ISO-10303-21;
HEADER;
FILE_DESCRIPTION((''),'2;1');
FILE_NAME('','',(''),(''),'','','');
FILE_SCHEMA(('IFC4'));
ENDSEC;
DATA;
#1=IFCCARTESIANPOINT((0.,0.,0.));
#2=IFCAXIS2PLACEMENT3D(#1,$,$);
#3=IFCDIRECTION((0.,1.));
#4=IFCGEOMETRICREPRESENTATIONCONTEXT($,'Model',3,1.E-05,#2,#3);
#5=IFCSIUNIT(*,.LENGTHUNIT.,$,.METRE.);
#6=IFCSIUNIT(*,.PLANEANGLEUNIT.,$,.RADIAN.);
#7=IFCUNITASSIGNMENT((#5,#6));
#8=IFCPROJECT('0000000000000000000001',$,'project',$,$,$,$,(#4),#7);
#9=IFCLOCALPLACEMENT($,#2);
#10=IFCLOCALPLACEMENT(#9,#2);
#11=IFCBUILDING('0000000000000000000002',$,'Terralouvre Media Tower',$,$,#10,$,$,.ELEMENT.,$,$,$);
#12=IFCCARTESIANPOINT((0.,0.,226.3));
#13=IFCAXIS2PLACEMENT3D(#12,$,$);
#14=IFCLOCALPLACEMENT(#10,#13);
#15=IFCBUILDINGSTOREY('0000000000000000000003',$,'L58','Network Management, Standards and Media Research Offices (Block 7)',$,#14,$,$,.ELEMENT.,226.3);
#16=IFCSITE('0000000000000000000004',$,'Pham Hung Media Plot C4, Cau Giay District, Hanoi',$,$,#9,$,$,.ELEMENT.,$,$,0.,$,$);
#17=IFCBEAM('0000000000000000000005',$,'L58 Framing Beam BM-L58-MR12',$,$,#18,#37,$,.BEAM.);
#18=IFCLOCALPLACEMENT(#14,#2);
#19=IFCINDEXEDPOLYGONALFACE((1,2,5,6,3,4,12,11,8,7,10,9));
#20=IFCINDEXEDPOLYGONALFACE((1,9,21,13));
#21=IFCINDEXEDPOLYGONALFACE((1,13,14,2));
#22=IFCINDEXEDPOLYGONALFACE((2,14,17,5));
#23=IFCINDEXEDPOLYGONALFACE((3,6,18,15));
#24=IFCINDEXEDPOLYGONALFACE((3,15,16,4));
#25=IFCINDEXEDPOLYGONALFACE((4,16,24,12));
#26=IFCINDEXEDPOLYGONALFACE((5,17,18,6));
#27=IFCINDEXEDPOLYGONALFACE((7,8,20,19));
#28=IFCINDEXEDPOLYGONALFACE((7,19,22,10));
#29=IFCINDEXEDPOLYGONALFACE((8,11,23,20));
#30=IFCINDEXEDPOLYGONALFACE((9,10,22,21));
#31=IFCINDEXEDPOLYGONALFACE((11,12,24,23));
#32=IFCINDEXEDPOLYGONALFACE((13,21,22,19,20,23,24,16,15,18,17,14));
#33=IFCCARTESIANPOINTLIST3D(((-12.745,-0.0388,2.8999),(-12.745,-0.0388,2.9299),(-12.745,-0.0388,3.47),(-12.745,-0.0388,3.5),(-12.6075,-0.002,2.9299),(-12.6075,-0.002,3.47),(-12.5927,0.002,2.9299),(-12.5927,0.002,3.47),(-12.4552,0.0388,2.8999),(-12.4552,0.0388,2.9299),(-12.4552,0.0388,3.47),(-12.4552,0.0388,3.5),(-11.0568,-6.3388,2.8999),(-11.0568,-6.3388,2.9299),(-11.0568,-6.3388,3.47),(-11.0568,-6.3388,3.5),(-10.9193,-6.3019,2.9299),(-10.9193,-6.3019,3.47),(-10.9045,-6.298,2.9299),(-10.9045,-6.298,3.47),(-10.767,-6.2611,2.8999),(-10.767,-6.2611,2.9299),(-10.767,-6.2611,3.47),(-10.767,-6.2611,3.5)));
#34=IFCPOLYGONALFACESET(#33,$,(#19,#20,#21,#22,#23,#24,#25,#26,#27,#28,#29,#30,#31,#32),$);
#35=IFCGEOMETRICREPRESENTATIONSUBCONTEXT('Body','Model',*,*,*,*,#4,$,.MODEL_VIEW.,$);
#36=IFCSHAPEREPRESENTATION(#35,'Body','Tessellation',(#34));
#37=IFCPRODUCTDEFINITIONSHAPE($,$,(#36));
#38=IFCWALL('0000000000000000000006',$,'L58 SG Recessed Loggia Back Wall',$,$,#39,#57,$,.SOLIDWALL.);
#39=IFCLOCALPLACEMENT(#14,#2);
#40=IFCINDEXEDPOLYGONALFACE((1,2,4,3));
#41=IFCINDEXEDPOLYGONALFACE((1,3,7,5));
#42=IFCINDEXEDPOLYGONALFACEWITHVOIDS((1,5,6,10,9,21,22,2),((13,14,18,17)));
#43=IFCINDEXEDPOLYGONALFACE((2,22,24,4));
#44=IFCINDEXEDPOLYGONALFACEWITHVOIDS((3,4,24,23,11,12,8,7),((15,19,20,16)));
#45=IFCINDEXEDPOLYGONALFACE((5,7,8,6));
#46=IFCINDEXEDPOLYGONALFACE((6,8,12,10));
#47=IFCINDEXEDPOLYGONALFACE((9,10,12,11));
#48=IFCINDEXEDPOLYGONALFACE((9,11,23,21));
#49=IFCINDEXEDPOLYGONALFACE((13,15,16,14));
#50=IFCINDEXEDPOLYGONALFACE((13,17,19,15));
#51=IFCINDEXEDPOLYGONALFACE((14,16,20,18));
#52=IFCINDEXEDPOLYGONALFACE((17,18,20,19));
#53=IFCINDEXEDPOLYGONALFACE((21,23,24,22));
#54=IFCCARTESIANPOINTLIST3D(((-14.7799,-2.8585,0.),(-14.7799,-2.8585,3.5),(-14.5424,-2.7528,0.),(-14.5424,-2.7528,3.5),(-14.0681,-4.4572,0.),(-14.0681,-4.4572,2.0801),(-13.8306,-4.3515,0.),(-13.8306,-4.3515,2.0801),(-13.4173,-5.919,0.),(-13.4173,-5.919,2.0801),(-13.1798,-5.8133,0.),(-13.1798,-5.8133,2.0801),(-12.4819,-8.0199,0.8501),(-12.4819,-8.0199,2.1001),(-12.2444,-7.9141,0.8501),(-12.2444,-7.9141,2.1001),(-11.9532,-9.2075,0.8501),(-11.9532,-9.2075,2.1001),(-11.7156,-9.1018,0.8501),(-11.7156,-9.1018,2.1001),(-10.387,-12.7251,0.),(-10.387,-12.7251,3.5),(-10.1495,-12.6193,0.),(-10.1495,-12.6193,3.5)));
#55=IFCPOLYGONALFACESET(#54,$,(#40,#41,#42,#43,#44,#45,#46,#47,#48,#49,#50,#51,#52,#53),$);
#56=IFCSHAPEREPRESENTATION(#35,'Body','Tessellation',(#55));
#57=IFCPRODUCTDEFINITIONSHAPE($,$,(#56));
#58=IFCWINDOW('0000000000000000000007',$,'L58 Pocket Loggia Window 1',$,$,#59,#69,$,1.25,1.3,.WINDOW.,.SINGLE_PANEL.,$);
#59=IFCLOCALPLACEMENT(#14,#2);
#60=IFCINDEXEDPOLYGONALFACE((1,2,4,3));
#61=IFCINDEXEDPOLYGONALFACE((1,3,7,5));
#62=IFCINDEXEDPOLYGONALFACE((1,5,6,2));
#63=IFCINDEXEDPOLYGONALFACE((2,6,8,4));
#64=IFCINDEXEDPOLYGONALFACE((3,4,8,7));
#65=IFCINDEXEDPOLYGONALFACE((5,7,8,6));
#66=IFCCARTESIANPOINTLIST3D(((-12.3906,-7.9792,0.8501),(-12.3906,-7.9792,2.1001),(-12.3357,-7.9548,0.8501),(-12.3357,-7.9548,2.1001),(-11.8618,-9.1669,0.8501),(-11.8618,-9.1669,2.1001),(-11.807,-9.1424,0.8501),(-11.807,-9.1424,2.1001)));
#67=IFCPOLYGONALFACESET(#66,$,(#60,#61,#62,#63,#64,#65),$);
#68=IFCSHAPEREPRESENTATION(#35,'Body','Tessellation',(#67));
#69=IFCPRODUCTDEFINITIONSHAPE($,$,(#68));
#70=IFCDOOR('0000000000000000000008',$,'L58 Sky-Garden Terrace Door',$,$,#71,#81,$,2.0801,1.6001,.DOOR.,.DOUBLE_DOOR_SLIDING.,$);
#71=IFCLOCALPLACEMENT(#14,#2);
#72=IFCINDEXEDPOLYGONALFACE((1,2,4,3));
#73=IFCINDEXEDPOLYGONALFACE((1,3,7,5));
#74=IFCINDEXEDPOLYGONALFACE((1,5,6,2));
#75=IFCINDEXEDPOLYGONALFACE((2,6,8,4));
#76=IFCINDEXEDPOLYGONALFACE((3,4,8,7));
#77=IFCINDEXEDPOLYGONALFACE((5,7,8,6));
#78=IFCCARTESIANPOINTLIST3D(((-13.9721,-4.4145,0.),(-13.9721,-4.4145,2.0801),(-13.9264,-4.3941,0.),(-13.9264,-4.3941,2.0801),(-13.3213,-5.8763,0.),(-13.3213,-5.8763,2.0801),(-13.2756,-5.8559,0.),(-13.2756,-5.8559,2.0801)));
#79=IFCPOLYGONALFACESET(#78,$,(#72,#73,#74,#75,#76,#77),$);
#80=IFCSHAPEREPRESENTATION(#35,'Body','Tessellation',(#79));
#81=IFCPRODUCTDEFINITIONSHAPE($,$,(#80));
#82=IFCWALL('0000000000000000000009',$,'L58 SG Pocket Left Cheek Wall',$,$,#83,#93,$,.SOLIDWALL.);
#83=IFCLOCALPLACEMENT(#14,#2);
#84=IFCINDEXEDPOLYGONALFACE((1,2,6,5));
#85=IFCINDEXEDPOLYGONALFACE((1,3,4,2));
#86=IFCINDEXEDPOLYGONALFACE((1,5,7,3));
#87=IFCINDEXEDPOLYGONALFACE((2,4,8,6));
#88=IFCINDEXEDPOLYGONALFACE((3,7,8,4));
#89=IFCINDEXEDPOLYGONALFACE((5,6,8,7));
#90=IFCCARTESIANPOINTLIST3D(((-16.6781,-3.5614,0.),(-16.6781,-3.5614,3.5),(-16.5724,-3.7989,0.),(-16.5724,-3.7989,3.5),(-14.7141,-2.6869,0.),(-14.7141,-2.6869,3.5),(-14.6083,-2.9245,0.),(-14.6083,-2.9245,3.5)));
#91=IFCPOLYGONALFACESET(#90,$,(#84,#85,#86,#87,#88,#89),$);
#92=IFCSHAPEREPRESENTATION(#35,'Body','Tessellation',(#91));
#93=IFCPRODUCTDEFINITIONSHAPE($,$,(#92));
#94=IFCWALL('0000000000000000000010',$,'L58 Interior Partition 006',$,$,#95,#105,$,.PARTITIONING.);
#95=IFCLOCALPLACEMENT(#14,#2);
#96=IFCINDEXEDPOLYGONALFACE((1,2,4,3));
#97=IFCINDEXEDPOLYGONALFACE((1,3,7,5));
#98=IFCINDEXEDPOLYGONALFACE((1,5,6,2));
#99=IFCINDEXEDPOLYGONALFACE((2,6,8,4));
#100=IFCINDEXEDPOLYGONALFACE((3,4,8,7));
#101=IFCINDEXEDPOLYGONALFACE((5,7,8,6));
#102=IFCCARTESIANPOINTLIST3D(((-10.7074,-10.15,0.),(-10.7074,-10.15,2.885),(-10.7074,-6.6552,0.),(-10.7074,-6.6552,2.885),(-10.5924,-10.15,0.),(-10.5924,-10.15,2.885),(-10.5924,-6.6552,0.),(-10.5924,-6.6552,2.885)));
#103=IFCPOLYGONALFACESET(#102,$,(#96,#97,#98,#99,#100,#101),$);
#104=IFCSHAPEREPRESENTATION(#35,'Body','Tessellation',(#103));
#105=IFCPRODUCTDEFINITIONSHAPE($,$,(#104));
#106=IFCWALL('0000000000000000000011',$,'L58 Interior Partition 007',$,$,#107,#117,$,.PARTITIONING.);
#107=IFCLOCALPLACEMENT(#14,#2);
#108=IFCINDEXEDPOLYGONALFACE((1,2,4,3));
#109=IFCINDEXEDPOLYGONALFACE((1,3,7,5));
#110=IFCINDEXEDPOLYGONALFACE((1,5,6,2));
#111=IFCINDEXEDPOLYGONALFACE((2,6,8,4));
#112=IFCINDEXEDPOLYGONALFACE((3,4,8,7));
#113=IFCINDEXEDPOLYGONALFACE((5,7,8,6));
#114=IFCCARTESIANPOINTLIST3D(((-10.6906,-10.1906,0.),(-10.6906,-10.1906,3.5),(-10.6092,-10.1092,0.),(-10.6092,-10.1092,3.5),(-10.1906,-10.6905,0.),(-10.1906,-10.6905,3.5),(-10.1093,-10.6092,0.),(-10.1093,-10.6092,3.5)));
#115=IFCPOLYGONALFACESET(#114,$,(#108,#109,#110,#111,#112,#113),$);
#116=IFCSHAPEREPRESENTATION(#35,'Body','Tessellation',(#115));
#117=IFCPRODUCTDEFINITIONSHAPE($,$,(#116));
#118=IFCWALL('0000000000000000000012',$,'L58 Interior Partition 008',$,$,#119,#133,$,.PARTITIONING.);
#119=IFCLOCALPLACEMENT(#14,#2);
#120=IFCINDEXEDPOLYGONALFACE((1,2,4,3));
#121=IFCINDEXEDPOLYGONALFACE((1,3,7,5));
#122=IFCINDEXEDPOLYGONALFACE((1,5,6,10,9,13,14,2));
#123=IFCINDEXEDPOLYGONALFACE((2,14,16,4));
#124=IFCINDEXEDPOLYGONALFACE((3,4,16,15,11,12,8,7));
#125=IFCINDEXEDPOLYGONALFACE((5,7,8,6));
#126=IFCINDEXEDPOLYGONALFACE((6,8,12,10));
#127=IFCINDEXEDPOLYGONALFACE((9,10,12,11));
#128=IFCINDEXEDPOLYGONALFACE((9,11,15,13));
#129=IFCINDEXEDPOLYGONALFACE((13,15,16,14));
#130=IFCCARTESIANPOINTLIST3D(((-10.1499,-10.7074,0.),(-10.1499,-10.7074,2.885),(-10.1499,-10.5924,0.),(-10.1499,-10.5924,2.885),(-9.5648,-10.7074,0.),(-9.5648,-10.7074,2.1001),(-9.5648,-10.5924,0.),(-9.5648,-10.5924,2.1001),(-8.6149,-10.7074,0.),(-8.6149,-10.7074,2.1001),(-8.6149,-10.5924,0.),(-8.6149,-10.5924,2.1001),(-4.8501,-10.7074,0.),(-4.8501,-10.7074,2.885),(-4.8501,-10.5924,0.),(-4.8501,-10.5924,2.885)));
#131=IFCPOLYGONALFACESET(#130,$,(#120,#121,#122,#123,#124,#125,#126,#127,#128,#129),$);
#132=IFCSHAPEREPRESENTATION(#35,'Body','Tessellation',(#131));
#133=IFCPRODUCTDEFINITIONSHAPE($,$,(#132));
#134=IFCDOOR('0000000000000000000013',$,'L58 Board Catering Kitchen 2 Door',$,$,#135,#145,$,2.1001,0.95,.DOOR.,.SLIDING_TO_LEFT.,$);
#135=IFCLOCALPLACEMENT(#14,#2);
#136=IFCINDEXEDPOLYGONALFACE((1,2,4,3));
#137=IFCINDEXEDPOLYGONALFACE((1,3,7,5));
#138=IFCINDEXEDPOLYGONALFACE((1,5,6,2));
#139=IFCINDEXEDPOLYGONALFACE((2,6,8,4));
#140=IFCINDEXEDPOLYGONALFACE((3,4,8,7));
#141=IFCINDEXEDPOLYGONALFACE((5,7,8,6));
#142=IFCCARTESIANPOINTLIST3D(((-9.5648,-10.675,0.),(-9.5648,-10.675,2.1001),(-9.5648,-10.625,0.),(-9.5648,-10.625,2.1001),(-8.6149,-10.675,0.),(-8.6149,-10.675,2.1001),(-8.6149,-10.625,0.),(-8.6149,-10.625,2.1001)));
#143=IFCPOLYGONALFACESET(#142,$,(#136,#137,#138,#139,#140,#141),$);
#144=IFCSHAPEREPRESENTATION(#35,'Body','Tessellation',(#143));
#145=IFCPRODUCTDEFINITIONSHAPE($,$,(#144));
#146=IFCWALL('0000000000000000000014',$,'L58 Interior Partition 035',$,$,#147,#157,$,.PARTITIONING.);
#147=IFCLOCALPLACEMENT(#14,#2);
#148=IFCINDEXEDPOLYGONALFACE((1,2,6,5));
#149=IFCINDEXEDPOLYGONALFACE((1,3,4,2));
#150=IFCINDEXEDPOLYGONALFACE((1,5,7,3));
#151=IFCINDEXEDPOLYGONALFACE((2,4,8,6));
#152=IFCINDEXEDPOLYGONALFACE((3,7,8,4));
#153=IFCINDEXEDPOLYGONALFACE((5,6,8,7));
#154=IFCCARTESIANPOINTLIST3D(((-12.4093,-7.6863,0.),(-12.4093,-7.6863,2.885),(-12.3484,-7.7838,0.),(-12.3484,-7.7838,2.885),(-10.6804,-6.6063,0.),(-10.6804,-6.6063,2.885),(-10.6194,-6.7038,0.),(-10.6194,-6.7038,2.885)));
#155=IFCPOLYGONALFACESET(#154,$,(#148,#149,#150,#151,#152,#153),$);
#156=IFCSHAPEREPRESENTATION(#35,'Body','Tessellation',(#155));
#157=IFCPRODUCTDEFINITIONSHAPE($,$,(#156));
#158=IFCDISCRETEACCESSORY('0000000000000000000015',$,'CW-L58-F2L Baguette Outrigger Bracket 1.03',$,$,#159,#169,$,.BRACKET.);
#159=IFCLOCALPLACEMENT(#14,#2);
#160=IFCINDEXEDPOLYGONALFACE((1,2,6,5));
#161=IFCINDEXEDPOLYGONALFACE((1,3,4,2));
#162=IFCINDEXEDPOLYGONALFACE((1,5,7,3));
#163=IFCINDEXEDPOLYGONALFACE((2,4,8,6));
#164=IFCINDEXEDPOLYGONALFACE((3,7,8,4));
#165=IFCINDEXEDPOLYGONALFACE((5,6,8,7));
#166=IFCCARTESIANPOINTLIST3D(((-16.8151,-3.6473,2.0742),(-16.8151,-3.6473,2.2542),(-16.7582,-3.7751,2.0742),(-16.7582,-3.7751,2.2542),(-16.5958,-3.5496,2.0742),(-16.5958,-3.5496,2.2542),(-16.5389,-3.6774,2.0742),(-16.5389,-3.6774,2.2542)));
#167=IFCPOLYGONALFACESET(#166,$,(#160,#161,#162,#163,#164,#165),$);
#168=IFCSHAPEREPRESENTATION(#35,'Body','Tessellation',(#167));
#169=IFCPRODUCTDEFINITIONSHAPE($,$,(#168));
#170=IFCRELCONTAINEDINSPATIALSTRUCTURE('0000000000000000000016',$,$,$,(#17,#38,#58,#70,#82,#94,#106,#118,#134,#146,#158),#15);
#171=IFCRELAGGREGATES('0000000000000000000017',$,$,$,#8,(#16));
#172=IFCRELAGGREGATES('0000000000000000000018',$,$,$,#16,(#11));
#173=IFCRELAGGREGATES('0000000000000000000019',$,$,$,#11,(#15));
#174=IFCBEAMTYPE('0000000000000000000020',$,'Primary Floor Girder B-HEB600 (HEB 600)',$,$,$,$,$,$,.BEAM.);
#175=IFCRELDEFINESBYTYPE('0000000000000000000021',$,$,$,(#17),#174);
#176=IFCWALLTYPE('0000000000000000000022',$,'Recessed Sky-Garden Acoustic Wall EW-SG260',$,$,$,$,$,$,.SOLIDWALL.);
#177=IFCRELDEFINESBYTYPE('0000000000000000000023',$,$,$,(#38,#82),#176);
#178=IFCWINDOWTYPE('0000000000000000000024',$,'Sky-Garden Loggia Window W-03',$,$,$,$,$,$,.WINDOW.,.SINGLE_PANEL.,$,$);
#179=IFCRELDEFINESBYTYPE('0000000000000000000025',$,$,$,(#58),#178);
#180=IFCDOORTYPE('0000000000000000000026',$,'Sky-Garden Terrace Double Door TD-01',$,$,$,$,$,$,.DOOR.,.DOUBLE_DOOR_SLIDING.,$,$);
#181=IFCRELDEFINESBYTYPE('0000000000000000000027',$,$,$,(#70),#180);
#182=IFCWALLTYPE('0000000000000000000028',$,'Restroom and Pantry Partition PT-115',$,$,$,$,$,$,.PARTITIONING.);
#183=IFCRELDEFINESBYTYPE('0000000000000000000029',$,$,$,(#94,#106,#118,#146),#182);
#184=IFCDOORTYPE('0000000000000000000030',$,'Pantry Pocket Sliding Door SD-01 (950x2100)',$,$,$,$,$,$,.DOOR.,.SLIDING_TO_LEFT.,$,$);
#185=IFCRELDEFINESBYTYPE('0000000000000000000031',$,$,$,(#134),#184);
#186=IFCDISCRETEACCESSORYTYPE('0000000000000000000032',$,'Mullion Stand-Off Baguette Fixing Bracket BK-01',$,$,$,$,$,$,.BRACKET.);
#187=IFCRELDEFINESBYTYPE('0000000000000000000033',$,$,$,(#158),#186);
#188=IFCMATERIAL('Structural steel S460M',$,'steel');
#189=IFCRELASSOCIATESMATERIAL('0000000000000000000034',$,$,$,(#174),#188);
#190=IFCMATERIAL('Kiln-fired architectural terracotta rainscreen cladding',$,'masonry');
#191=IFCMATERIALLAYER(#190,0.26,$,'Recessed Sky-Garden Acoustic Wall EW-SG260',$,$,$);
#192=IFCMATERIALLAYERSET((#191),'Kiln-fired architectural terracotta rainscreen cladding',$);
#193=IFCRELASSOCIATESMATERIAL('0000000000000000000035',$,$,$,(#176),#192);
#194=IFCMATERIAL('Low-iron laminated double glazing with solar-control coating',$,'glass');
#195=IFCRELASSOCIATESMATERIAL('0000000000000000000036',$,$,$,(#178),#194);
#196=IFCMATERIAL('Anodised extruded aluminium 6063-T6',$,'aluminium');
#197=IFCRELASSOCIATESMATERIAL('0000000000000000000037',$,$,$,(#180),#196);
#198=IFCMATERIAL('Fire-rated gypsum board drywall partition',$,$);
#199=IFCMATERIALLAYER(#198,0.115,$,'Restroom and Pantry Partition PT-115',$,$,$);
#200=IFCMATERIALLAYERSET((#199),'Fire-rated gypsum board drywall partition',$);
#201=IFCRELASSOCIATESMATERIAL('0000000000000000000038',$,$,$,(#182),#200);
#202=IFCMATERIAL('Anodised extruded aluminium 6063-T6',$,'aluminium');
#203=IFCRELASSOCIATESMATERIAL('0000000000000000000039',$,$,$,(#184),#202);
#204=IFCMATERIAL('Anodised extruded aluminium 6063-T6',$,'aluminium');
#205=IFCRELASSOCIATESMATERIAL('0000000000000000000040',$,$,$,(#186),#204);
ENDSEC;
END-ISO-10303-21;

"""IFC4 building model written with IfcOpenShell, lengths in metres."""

from ifc_helpers import new_model, si_unit, direction, frame, frame_2d, origin, origin_2d, place, context, subcontext, project, spatial, rectangle, i_section, extrude, material, layer, layer_set, material_profile, profile_set, type_object, element, fill, save


model = new_model("IFC4")

# Units and contexts
model_context = context("Model", 3, precision=1e-05, world=origin(), true_north=direction((0.0, 1.0)))
body_context = subcontext(model_context, "Body", "Model", "MODEL_VIEW")
ifc_project = project(units=[si_unit("LENGTHUNIT", "METRE"), si_unit("PLANEANGLEUNIT", "RADIAN")], contexts=[model_context])

# Site, building, storey
site_placement = place(None, origin())
site = spatial("IfcSite", under=ifc_project, at=site_placement, Name="Pham Hung Media Plot C4, Cau Giay District, Hanoi", CompositionType="ELEMENT", RefElevation=0.0)
building_placement = place(site_placement, origin())
building = spatial("IfcBuilding", under=site, at=building_placement, Name="Terralouvre Media Tower", CompositionType="ELEMENT")
storey_placement = place(building_placement, frame((0.0, 0.0, 226.3)))
storey = spatial("IfcBuildingStorey", under=building, at=storey_placement, Name="L58", Description="Network Management, Standards and Media Research Offices (Block 7)", CompositionType="ELEMENT", Elevation=226.3)

# Beam
ifc_material_1 = material(Name="Structural steel S460M", Category="steel")
ifc_material_profile_1 = material_profile(ifc_material_1, i_section(OverallWidth=0.3, OverallDepth=0.6001, WebThickness=0.0154, FlangeThickness=0.03, at=origin_2d()), Name="HEB 600")
ifc_profile_set_1 = profile_set([ifc_material_profile_1], Name="Structural steel S460M")
beam_type_1 = type_object("IfcBeamType", Name="Primary Floor Girder B-HEB600 (HEB 600)", PredefinedType="BEAM", material=ifc_profile_set_1)
beam_1_placement = place(storey_placement, frame((-12.6001, 0.0, 3.2), z_axis=(0.258839, -0.96592, 0.0), x_axis=(0.96592, 0.258839, 0.0)))
element("IfcBeam", 1, at=beam_1_placement, inside=storey, type_object=beam_type_1, Name="L58 Framing Beam BM-L58-MR12", PredefinedType="BEAM", context=body_context, shape_type="SweptSolid", body=[
    extrude(i_section(OverallWidth=0.3, OverallDepth=0.6001, WebThickness=0.0154, FlangeThickness=0.03, at=origin_2d()), origin(), (0.0, 0.0, 1.0), 6.5222),
])

# Wall, openings, window, door
ifc_material_2 = material(Name="Kiln-fired architectural terracotta rainscreen cladding", Category="masonry")
ifc_layer_1 = layer(ifc_material_2, 0.26, Name="Recessed Sky-Garden Acoustic Wall EW-SG260")
ifc_layer_set_1 = layer_set([ifc_layer_1], Name="Kiln-fired architectural terracotta rainscreen cladding")
wall_type_1 = type_object("IfcWallType", Name="Recessed Sky-Garden Acoustic Wall EW-SG260", PredefinedType="SOLIDWALL", material=ifc_layer_set_1)
wall_1_placement = place(storey_placement, frame((-14.6611, -2.8057, 0.0), z_axis=(0.0, 0.0, 1.0), x_axis=(0.406736, -0.913546, 0.0)))
wall_1 = element("IfcWall", 2, at=wall_1_placement, inside=storey, type_object=wall_type_1, Name="L58 SG Recessed Loggia Back Wall", PredefinedType="SOLIDWALL", context=body_context, shape_type="SweptSolid", body=[
    extrude(rectangle(XDim=10.8003, YDim=0.26, at=frame_2d((5.4001, 0.0))), origin(), (0.0, 0.0, 1.0), 3.5),
])
opening_1_placement = place(wall_1_placement, frame((1.75, 0.0, 0.0)))
opening_1 = element("IfcOpeningElement", 3, at=opening_1_placement, cuts=wall_1, PredefinedType="OPENING", context=body_context, shape_type="SweptSolid", body=[
    extrude(rectangle(XDim=1.6001, YDim=2.0801, at=frame_2d((0.8, 1.04))), frame((0.0, 0.1399, 0.0), z_axis=(0.0, -1.0, 0.0), x_axis=(1.0, 0.0, 0.0)), (0.0, 0.0, 1.0), 0.28),
])
opening_2_placement = place(wall_1_placement, frame((5.6499, 0.0, 0.8501)))
opening_2 = element("IfcOpeningElement", 4, at=opening_2_placement, cuts=wall_1, PredefinedType="OPENING", context=body_context, shape_type="SweptSolid", body=[
    extrude(rectangle(XDim=1.3, YDim=1.25, at=frame_2d((0.6499, 0.625))), frame((0.0, 0.1399, 0.0), z_axis=(0.0, -1.0, 0.0), x_axis=(1.0, 0.0, 0.0)), (0.0, 0.0, 1.0), 0.28),
])
ifc_material_3 = material(Name="Low-iron laminated double glazing with solar-control coating", Category="glass")
window_type = type_object("IfcWindowType", Name="Sky-Garden Loggia Window W-03", PartitioningType="SINGLE_PANEL", PredefinedType="WINDOW", material=ifc_material_3)
window_placement = place(opening_2_placement, origin())
window = element("IfcWindow", 5, at=window_placement, inside=storey, type_object=window_type, Name="L58 Pocket Loggia Window 1", OverallHeight=1.25, OverallWidth=1.3, PartitioningType="SINGLE_PANEL", PredefinedType="WINDOW", context=body_context, shape_type="SweptSolid", body=[
    extrude(rectangle(XDim=1.3, YDim=1.25, at=frame_2d((0.6499, 0.625))), frame((0.0, 0.03, 0.0), z_axis=(0.0, -1.0, 0.0), x_axis=(1.0, 0.0, 0.0)), (0.0, 0.0, 1.0), 0.0601),
])
fill(opening_2, window)
ifc_material_4 = material(Name="Anodised extruded aluminium 6063-T6", Category="aluminium")
door_type_1 = type_object("IfcDoorType", Name="Sky-Garden Terrace Double Door TD-01", OperationType="DOUBLE_DOOR_SLIDING", PredefinedType="DOOR", material=ifc_material_4)
door_1_placement = place(opening_1_placement, frame((1.6001, 0.0, 0.0), z_axis=(0.0, 0.0, 1.0), x_axis=(-1.0, 0.0, 0.0)))
door_1 = element("IfcDoor", 6, at=door_1_placement, inside=storey, type_object=door_type_1, Name="L58 Sky-Garden Terrace Door", OperationType="DOUBLE_DOOR_SLIDING", OverallHeight=2.0801, OverallWidth=1.6001, PredefinedType="DOOR", context=body_context, shape_type="SweptSolid", body=[
    extrude(rectangle(XDim=1.6001, YDim=2.0801, at=frame_2d((0.8, 1.04))), frame((0.0, 0.0249, 0.0), z_axis=(0.0, -1.0, 0.0), x_axis=(1.0, 0.0, 0.0)), (0.0, 0.0, 1.0), 0.05),
])
fill(opening_1, door_1)

# Walls
wall_2_placement = place(storey_placement, frame((-16.6252, -3.6802, 0.0), z_axis=(0.0, 0.0, 1.0), x_axis=(0.91354, 0.406749, 0.0)))
element("IfcWall", 7, at=wall_2_placement, inside=storey, type_object=wall_type_1, Name="L58 SG Pocket Left Cheek Wall", PredefinedType="SOLIDWALL", context=body_context, shape_type="SweptSolid", body=[
    extrude(rectangle(XDim=2.1499, YDim=0.26, at=frame_2d((1.075, 0.0))), origin(), (0.0, 0.0, 1.0), 3.5),
])
ifc_material_5 = material(Name="Fire-rated gypsum board drywall partition")
ifc_layer_2 = layer(ifc_material_5, 0.115, Name="Restroom and Pantry Partition PT-115")
ifc_layer_set_2 = layer_set([ifc_layer_2], Name="Fire-rated gypsum board drywall partition")
wall_type_2 = type_object("IfcWallType", Name="Restroom and Pantry Partition PT-115", PredefinedType="PARTITIONING", material=ifc_layer_set_2)
wall_3_placement = place(storey_placement, frame((-10.6499, -6.655, 0.0), z_axis=(0.0, 0.0, 1.0), x_axis=(0.0, -1.0, 0.0)))
element("IfcWall", 8, at=wall_3_placement, inside=storey, type_object=wall_type_2, Name="L58 Interior Partition 006", PredefinedType="PARTITIONING", context=body_context, shape_type="SweptSolid", body=[
    extrude(rectangle(XDim=3.4949, YDim=0.115, at=frame_2d((1.7476, 0.0))), origin(), (0.0, 0.0, 1.0), 2.885),
])
wall_4_placement = place(storey_placement, frame((-10.6499, -10.1499, 0.0), z_axis=(0.0, 0.0, 1.0), x_axis=(0.707107, -0.707107, 0.0)))
element("IfcWall", 9, at=wall_4_placement, inside=storey, type_object=wall_type_2, Name="L58 Interior Partition 007", PredefinedType="PARTITIONING", context=body_context, shape_type="SweptSolid", body=[
    extrude(rectangle(XDim=0.707, YDim=0.115, at=frame_2d((0.3535, 0.0))), origin(), (0.0, 0.0, 1.0), 3.5),
])

# Wall, opening, door
wall_5_placement = place(storey_placement, frame((-10.1499, -10.6499, 0.0), z_axis=(0.0, 0.0, 1.0), x_axis=(1.0, 0.0, 0.0)))
wall_5 = element("IfcWall", 10, at=wall_5_placement, inside=storey, type_object=wall_type_2, Name="L58 Interior Partition 008", PredefinedType="PARTITIONING", context=body_context, shape_type="SweptSolid", body=[
    extrude(rectangle(XDim=5.2998, YDim=0.115, at=frame_2d((2.6499, 0.0))), origin(), (0.0, 0.0, 1.0), 2.885),
])
opening_3_placement = place(wall_5_placement, frame((0.585, 0.0, 0.0)))
opening_3 = element("IfcOpeningElement", 11, at=opening_3_placement, cuts=wall_5, PredefinedType="OPENING", context=body_context, shape_type="SweptSolid", body=[
    extrude(rectangle(XDim=0.95, YDim=2.1001, at=frame_2d((0.4751, 1.05))), frame((0.0, 0.0674, 0.0), z_axis=(0.0, -1.0, 0.0), x_axis=(1.0, 0.0, 0.0)), (0.0, 0.0, 1.0), 0.135),
])
ifc_material_6 = material(Name="Anodised extruded aluminium 6063-T6", Category="aluminium")
door_type_2 = type_object("IfcDoorType", Name="Pantry Pocket Sliding Door SD-01 (950x2100)", OperationType="SLIDING_TO_LEFT", PredefinedType="DOOR", material=ifc_material_6)
door_2_placement = place(opening_3_placement, origin())
door_2 = element("IfcDoor", 12, at=door_2_placement, inside=storey, type_object=door_type_2, Name="L58 Board Catering Kitchen 2 Door", OperationType="SLIDING_TO_LEFT", OverallHeight=2.1001, OverallWidth=0.95, PredefinedType="DOOR", context=body_context, shape_type="SweptSolid", body=[
    extrude(rectangle(XDim=0.95, YDim=2.1001, at=frame_2d((0.4751, 1.05))), frame((0.0, 0.0249, 0.0), z_axis=(0.0, -1.0, 0.0), x_axis=(1.0, 0.0, 0.0)), (0.0, 0.0, 1.0), 0.05),
])
fill(opening_3, door_2)

# Wall
wall_6_placement = place(storey_placement, frame((-10.6499, -6.655, 0.0), z_axis=(0.0, 0.0, 1.0), x_axis=(-0.848119, -0.529805, 0.0)))
element("IfcWall", 13, at=wall_6_placement, inside=storey, type_object=wall_type_2, Name="L58 Interior Partition 035", PredefinedType="PARTITIONING", context=body_context, shape_type="SweptSolid", body=[
    extrude(rectangle(XDim=2.0386, YDim=0.115, at=frame_2d((1.0193, 0.0))), origin(), (0.0, 0.0, 1.0), 2.885),
])

# Discrete accessory
ifc_material_7 = material(Name="Anodised extruded aluminium 6063-T6", Category="aluminium")
discrete_accessory_type_1 = type_object("IfcDiscreteAccessoryType", Name="Mullion Stand-Off Baguette Fixing Bracket BK-01", PredefinedType="BRACKET", material=ifc_material_7)
discrete_accessory_1_placement = place(storey_placement, frame((-16.677, -3.6624, 2.0742), z_axis=(0.0, 0.0, 1.0), x_axis=(0.406737, -0.913545, 0.0)))
element("IfcDiscreteAccessory", 14, at=discrete_accessory_1_placement, inside=storey, type_object=discrete_accessory_type_1, Name="CW-L58-F2L Baguette Outrigger Bracket 1.03", PredefinedType="BRACKET", context=body_context, shape_type="SweptSolid", body=[
    extrude(rectangle(XDim=0.1399, YDim=0.24, at=origin_2d()), origin(), (0.0, 0.0, 1.0), 0.1799),
])

save(model, "model.ifc")
